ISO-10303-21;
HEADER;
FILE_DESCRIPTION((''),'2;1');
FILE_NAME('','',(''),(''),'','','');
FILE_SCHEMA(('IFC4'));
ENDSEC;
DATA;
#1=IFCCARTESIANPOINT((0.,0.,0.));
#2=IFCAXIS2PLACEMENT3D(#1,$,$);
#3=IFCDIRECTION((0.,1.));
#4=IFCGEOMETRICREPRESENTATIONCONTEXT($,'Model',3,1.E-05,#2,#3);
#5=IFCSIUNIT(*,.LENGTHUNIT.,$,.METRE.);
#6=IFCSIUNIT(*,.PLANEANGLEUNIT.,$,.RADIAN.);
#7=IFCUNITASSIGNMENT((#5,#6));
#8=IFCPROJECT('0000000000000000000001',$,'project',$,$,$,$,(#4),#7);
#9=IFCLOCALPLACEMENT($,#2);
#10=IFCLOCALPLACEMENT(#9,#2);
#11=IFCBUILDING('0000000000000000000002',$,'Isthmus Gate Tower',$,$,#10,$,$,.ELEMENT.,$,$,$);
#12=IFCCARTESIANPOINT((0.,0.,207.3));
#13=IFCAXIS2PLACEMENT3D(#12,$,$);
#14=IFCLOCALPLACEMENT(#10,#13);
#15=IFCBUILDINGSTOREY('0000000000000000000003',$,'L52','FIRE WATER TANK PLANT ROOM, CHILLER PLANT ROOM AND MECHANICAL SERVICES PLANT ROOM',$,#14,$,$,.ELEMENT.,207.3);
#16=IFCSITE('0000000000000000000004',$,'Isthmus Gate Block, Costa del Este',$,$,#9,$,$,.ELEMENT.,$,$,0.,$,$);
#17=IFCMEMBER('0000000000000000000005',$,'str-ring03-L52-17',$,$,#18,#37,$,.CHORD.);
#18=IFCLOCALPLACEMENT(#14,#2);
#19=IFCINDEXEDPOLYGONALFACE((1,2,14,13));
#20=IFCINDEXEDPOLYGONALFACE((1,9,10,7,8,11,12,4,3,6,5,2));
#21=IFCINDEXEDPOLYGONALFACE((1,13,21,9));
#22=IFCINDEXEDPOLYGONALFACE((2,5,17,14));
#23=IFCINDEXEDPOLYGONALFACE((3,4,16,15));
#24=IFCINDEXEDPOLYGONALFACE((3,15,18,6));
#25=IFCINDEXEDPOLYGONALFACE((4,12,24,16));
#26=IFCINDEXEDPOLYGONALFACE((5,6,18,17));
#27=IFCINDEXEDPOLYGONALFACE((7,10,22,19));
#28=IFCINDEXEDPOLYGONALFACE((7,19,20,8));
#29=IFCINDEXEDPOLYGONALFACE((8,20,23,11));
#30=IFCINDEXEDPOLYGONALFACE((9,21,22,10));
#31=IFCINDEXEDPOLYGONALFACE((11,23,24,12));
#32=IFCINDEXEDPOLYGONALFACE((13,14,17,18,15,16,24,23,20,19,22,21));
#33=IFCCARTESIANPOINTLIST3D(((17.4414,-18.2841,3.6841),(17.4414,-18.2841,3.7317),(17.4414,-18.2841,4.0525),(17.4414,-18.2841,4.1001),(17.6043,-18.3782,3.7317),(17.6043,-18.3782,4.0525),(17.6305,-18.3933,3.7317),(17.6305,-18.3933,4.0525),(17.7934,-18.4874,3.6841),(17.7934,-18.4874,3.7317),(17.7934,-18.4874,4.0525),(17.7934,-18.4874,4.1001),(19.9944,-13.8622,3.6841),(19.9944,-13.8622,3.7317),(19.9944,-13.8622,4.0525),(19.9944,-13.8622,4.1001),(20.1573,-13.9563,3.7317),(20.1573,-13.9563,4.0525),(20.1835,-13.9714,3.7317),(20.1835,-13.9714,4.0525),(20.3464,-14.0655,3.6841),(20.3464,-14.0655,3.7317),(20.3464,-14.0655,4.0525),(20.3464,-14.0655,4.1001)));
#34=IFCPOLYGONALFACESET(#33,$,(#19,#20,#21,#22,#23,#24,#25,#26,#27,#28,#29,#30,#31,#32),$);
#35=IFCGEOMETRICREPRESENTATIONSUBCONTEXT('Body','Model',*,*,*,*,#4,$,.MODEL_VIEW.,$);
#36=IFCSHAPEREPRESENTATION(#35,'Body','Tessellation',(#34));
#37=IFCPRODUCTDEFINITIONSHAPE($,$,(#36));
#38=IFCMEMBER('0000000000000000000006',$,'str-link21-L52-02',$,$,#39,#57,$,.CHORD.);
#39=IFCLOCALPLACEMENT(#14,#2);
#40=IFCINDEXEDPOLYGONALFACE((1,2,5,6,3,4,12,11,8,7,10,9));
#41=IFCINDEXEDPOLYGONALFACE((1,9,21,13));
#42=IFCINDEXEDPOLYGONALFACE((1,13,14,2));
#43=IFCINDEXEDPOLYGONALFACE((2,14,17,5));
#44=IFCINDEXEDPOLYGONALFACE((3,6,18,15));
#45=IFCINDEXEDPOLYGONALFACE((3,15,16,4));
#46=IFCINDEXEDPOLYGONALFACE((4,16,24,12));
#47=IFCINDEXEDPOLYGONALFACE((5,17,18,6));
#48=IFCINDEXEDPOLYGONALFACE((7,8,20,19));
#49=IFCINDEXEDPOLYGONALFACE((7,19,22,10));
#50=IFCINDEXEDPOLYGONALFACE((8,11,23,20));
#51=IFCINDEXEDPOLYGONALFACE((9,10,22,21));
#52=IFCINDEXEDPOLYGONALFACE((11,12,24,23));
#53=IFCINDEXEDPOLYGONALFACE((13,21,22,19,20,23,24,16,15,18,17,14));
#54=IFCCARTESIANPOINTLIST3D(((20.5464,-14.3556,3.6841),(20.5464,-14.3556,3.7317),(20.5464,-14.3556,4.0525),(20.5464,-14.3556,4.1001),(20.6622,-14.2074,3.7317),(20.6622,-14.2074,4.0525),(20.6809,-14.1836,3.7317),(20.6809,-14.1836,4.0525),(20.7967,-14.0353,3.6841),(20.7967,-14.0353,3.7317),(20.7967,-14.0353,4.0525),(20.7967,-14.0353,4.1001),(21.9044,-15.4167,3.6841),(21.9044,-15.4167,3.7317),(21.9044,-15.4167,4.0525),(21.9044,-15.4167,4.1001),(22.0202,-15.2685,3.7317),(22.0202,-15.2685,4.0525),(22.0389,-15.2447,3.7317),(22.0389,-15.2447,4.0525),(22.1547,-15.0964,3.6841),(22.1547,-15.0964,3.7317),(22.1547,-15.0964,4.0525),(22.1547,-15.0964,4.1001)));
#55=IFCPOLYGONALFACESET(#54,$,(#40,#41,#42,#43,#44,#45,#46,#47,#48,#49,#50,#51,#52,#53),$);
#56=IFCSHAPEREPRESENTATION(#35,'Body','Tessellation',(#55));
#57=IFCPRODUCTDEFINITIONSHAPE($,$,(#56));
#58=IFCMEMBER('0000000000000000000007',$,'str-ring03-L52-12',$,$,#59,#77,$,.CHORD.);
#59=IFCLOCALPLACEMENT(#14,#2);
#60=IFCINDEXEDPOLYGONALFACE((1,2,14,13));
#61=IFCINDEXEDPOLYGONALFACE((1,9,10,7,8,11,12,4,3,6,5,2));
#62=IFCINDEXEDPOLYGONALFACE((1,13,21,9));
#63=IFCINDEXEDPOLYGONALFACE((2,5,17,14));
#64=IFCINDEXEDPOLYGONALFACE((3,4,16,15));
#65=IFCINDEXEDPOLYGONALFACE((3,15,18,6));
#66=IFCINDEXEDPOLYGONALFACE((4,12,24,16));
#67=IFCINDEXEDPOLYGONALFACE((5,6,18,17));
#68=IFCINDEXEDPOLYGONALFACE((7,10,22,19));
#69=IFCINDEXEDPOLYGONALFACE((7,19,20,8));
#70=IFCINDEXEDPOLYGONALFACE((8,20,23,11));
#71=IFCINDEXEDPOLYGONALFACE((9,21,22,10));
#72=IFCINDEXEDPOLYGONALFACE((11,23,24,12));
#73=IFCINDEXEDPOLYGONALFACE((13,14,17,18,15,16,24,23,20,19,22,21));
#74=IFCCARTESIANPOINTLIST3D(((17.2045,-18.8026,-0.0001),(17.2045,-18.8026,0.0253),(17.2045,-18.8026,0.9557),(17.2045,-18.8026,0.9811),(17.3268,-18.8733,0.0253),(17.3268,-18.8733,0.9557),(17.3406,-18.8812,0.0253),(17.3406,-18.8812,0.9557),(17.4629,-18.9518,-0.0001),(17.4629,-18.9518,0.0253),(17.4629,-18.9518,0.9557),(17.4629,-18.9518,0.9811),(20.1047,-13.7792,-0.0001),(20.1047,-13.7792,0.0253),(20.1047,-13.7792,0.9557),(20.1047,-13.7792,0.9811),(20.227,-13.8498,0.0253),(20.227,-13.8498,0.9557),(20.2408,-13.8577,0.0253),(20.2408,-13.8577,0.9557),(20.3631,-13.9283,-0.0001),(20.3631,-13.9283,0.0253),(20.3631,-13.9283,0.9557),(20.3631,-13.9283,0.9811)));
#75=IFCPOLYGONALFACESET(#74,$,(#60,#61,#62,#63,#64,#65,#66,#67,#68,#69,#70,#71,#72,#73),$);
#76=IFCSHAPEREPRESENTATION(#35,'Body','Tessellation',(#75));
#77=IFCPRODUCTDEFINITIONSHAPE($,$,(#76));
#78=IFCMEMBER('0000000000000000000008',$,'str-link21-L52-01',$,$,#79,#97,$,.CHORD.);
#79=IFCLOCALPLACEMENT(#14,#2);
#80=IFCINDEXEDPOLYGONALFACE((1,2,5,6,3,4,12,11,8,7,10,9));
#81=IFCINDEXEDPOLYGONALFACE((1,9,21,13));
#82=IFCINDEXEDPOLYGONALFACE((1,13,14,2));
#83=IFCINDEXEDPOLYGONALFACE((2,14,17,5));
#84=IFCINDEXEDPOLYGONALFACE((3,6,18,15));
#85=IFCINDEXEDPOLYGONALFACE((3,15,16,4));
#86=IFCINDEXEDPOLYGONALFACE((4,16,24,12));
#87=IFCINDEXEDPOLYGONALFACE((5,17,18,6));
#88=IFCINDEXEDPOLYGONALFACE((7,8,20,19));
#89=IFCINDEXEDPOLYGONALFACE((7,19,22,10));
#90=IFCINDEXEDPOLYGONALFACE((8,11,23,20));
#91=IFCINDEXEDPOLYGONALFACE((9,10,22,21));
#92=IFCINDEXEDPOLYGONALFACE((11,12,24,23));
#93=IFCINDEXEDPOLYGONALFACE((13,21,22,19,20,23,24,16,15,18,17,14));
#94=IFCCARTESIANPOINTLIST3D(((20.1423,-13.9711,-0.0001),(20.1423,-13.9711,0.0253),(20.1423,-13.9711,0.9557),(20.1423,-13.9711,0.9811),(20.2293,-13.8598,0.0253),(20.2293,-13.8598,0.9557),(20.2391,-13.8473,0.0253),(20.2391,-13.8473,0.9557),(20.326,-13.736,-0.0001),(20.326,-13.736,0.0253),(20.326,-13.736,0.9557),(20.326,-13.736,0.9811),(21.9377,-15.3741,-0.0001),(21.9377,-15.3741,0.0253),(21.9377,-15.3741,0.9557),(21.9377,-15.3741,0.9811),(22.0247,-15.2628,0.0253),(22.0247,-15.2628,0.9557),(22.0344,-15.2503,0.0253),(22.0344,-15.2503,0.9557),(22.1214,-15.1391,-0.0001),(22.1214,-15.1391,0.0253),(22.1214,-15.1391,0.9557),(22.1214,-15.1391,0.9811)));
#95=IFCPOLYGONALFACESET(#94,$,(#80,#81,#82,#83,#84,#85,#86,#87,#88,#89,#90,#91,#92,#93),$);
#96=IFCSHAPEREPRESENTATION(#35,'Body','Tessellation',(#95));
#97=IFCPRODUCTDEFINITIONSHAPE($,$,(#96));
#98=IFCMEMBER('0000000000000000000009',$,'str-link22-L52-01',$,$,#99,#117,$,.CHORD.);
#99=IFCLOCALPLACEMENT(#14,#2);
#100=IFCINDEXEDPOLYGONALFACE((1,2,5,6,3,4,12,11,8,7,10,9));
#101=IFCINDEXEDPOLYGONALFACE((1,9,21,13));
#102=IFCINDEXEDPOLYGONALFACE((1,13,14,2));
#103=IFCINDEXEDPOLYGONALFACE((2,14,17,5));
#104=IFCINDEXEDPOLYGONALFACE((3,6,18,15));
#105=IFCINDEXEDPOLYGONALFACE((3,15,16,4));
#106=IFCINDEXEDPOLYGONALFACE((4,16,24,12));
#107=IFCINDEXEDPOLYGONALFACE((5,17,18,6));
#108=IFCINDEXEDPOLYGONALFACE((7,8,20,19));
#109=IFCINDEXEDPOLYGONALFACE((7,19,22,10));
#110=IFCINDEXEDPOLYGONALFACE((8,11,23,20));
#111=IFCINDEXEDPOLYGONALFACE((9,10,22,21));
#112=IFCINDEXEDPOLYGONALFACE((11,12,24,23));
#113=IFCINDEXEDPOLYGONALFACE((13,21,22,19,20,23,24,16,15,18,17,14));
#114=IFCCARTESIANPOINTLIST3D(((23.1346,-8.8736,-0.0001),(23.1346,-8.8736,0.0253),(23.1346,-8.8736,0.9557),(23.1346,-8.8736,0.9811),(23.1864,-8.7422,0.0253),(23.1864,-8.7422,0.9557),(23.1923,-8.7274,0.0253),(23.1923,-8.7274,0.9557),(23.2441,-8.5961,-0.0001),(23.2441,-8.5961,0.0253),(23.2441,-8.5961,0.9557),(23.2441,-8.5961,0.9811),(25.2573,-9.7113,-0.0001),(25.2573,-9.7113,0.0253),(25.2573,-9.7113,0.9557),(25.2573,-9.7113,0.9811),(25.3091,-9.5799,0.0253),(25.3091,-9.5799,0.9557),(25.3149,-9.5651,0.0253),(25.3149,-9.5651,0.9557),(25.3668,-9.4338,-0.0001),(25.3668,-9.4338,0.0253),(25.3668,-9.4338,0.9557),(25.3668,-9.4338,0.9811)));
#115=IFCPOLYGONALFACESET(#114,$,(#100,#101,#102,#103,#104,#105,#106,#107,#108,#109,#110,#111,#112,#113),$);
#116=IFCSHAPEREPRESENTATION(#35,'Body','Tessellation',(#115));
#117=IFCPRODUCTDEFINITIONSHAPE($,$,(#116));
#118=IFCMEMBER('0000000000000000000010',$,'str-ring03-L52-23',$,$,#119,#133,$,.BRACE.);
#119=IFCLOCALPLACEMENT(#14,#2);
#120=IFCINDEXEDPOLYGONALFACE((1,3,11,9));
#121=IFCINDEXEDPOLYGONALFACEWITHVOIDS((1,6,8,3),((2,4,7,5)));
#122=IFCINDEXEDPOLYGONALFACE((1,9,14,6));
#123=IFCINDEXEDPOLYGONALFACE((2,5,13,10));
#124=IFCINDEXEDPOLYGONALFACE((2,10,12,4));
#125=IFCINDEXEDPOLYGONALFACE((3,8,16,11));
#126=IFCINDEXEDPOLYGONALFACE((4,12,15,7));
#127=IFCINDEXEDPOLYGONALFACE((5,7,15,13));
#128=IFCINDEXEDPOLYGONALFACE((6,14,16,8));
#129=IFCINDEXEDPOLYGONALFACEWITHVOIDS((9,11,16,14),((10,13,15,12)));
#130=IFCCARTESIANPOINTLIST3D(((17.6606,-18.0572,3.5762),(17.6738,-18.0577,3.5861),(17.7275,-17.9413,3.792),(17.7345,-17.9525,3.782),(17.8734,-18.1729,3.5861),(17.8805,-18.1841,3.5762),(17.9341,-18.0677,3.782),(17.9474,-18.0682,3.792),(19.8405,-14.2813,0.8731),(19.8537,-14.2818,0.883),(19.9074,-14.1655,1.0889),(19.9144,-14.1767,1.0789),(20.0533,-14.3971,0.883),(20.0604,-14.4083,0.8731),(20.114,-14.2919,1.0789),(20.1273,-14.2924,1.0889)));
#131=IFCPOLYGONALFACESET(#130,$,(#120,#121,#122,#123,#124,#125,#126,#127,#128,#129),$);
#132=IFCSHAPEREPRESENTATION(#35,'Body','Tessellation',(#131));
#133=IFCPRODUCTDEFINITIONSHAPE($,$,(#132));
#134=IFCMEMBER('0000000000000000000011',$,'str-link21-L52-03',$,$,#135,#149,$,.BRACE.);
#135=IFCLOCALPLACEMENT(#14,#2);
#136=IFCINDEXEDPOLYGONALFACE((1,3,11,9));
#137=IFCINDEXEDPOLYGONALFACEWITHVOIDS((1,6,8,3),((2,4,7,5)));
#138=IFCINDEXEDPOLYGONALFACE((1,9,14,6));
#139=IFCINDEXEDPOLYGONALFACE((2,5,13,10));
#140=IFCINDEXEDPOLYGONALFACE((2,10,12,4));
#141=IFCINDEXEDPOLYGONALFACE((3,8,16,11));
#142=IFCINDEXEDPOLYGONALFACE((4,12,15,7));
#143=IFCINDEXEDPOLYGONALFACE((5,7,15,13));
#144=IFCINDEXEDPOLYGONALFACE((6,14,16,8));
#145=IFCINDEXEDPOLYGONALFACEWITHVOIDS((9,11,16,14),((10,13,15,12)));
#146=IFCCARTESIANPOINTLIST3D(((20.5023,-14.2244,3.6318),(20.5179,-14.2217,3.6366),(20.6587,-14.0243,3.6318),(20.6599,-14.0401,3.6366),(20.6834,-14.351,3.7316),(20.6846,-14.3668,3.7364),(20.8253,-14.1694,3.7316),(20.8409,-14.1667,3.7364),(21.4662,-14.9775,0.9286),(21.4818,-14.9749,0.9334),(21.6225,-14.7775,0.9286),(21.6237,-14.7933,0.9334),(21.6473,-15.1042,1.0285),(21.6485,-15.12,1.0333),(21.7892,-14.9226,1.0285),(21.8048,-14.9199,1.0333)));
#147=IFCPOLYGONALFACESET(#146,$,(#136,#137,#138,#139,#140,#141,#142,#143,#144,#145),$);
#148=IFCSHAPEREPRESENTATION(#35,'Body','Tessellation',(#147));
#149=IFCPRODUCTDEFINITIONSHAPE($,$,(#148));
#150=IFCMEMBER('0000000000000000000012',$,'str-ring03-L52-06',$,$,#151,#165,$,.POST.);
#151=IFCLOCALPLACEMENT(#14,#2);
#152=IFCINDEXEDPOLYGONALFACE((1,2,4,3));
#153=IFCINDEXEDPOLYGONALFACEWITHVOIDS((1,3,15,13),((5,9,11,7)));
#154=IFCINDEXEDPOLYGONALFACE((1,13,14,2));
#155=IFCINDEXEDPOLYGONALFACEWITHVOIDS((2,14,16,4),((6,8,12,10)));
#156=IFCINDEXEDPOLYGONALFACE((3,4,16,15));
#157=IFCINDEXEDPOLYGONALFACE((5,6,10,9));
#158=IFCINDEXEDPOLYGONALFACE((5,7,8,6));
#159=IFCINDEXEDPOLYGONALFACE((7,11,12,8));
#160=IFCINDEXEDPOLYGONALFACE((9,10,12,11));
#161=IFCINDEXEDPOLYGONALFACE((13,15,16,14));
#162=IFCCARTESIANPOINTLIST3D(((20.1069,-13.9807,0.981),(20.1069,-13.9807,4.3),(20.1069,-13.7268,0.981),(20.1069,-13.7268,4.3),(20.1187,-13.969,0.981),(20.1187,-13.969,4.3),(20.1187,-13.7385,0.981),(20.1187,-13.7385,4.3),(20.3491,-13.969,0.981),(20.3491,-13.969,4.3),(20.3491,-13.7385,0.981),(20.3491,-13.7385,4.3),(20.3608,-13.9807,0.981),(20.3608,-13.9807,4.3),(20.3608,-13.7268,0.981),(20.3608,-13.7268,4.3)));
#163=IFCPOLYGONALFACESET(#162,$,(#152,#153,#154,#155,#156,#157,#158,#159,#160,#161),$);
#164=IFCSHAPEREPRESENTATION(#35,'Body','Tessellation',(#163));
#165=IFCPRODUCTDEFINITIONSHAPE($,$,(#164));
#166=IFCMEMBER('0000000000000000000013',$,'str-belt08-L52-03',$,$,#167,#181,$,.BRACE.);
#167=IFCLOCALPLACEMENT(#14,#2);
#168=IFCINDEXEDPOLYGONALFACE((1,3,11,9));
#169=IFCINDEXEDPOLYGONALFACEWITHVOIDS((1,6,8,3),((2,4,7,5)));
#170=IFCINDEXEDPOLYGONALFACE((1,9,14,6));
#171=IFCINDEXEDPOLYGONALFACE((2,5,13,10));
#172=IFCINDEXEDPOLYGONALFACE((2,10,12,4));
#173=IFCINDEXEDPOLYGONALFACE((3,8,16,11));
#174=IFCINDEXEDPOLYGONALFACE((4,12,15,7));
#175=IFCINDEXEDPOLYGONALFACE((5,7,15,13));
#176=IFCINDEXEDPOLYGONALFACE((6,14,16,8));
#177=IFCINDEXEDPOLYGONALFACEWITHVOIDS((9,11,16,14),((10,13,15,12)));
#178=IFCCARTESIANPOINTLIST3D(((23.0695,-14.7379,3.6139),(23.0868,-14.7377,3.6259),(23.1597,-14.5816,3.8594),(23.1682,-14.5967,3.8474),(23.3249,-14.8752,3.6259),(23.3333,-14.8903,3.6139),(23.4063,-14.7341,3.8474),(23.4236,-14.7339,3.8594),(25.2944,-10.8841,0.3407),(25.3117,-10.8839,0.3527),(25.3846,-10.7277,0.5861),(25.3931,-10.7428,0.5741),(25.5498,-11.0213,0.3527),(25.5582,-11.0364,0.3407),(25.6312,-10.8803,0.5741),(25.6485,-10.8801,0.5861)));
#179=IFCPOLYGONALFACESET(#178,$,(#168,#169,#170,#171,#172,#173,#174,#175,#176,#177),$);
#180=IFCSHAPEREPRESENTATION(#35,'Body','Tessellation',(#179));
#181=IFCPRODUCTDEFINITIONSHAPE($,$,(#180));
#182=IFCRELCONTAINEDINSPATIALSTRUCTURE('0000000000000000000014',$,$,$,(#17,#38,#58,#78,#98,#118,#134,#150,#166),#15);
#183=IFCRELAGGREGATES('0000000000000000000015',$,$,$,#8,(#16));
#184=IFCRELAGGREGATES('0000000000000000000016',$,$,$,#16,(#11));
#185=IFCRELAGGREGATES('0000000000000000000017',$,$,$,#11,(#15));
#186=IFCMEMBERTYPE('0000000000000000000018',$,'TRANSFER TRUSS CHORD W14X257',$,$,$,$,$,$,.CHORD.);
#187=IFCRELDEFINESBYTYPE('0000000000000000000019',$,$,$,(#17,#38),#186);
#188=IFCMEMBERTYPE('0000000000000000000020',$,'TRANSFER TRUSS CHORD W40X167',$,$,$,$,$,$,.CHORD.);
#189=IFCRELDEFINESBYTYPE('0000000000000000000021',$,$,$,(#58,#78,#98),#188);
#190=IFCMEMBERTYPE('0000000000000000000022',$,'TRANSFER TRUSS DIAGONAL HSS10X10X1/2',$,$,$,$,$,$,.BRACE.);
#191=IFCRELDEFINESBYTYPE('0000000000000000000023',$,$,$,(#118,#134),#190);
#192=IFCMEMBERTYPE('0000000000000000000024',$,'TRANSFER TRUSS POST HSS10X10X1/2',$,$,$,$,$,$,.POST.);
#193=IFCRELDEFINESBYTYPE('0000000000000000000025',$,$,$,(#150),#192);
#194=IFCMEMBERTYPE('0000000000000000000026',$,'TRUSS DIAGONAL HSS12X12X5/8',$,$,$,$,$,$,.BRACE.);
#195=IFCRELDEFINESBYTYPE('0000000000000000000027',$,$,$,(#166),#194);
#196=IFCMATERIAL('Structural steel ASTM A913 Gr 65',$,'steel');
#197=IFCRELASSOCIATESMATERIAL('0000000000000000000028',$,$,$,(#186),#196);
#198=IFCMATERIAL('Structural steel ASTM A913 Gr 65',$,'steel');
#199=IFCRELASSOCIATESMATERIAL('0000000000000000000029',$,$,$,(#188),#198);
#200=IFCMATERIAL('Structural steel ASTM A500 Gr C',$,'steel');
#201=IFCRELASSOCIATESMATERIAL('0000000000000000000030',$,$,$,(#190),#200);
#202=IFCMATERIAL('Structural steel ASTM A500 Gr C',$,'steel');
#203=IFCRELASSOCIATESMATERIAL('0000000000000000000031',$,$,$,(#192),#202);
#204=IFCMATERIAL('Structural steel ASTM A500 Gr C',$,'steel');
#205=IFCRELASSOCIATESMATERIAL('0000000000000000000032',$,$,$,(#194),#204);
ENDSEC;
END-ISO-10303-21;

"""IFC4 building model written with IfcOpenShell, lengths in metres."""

from ifc_helpers import new_model, si_unit, direction, frame, origin, origin_2d, place, context, subcontext, project, spatial, hollow_rectangle, i_section, extrude, material, material_profile, profile_set, type_object, element, save


model = new_model("IFC4")

# Units and contexts
model_context = context("Model", 3, precision=1e-05, world=origin(), true_north=direction((0.0, 1.0)))
body_context = subcontext(model_context, "Body", "Model", "MODEL_VIEW")
ifc_project = project(units=[si_unit("LENGTHUNIT", "METRE"), si_unit("PLANEANGLEUNIT", "RADIAN")], contexts=[model_context])

# Site, building, storey
site_placement = place(None, origin())
site = spatial("IfcSite", under=ifc_project, at=site_placement, Name="Isthmus Gate Block, Costa del Este", CompositionType="ELEMENT", RefElevation=0.0)
building_placement = place(site_placement, origin())
building = spatial("IfcBuilding", under=site, at=building_placement, Name="Isthmus Gate Tower", CompositionType="ELEMENT")
storey_placement = place(building_placement, frame((0.0, 0.0, 207.3)))
storey = spatial("IfcBuildingStorey", under=building, at=storey_placement, Name="L52", Description="FIRE WATER TANK PLANT ROOM, CHILLER PLANT ROOM AND MECHANICAL SERVICES PLANT ROOM", CompositionType="ELEMENT", Elevation=207.3)

# Members
ifc_material_1 = material(Name="Structural steel ASTM A913 Gr 65", Category="steel")
ifc_material_profile_1 = material_profile(ifc_material_1, i_section(OverallWidth=0.4065, OverallDepth=0.416, WebThickness=0.0303, FlangeThickness=0.0476, at=origin_2d()), Name="W14X257")
ifc_profile_set_1 = profile_set([ifc_material_profile_1], Name="Structural steel ASTM A913 Gr 65")
member_type_1 = type_object("IfcMemberType", Name="TRANSFER TRUSS CHORD W14X257", PredefinedType="CHORD", material=ifc_profile_set_1)
member_1_placement = place(storey_placement, frame((20.1704, -13.9639, 3.8921), z_axis=(-0.500001, -0.866025, 0.0), x_axis=(0.866025, -0.500001, 0.0)))
element("IfcMember", 1, at=member_1_placement, inside=storey, type_object=member_type_1, Name="str-ring03-L52-17", PredefinedType="CHORD", context=body_context, shape_type="SweptSolid", body=[
    extrude(i_section(OverallWidth=0.4065, OverallDepth=0.416, WebThickness=0.0303, FlangeThickness=0.0476, at=origin_2d()), origin(), (0.0, 0.0, 1.0), 5.106),
])
member_2_placement = place(storey_placement, frame((22.0295, -15.2566, 3.8921), z_axis=(-0.787977, 0.615705, 0.0), x_axis=(-0.615705, -0.787977, 0.0)))
element("IfcMember", 2, at=member_2_placement, inside=storey, type_object=member_type_1, Name="str-link21-L52-02", PredefinedType="CHORD", context=body_context, shape_type="SweptSolid", body=[
    extrude(i_section(OverallWidth=0.4065, OverallDepth=0.416, WebThickness=0.0303, FlangeThickness=0.0476, at=origin_2d()), origin(), (0.0, 0.0, 1.0), 1.7234),
])
ifc_material_2 = material(Name="Structural steel ASTM A913 Gr 65", Category="steel")
ifc_material_profile_2 = material_profile(ifc_material_2, i_section(OverallWidth=0.2983, OverallDepth=0.9812, WebThickness=0.0159, FlangeThickness=0.0254, at=origin_2d()), Name="W40X167")
ifc_profile_set_2 = profile_set([ifc_material_profile_2], Name="Structural steel ASTM A913 Gr 65")
member_type_2 = type_object("IfcMemberType", Name="TRANSFER TRUSS CHORD W40X167", PredefinedType="CHORD", material=ifc_profile_set_2)
member_3_placement = place(storey_placement, frame((20.2339, -13.8538, 0.4905), z_axis=(-0.499982, -0.866036, 0.0), x_axis=(0.866036, -0.499982, 0.0)))
element("IfcMember", 3, at=member_3_placement, inside=storey, type_object=member_type_2, Name="str-ring03-L52-12", PredefinedType="CHORD", context=body_context, shape_type="SweptSolid", body=[
    extrude(i_section(OverallWidth=0.2983, OverallDepth=0.9812, WebThickness=0.0159, FlangeThickness=0.0254, at=origin_2d()), origin(), (0.0, 0.0, 1.0), 5.8005),
])
member_4_placement = place(storey_placement, frame((22.0295, -15.2566, 0.4905), z_axis=(-0.787937, 0.615756, 0.0), x_axis=(-0.615756, -0.787937, 0.0)))
element("IfcMember", 4, at=member_4_placement, inside=storey, type_object=member_type_2, Name="str-link21-L52-01", PredefinedType="CHORD", context=body_context, shape_type="SweptSolid", body=[
    extrude(i_section(OverallWidth=0.2983, OverallDepth=0.9812, WebThickness=0.0159, FlangeThickness=0.0254, at=origin_2d()), origin(), (0.0, 0.0, 1.0), 2.2786),
])
member_5_placement = place(storey_placement, frame((25.312, -9.5725, 0.4905), z_axis=(-0.930186, 0.367089, 0.0), x_axis=(-0.367089, -0.930186, 0.0)))
element("IfcMember", 5, at=member_5_placement, inside=storey, type_object=member_type_2, Name="str-link22-L52-01", PredefinedType="CHORD", context=body_context, shape_type="SweptSolid", body=[
    extrude(i_section(OverallWidth=0.2983, OverallDepth=0.9812, WebThickness=0.0159, FlangeThickness=0.0254, at=origin_2d()), origin(), (0.0, 0.0, 1.0), 2.282),
])
ifc_material_3 = material(Name="Structural steel ASTM A500 Gr C", Category="steel")
ifc_material_profile_3 = material_profile(ifc_material_3, hollow_rectangle(XDim=0.2539, YDim=0.2539, WallThickness=0.0117, at=origin_2d()), Name="HSS10X10X1/2")
ifc_profile_set_3 = profile_set([ifc_material_profile_3], Name="Structural steel ASTM A500 Gr C")
member_type_3 = type_object("IfcMemberType", Name="TRANSFER TRUSS DIAGONAL HSS10X10X1/2", PredefinedType="BRACE", material=ifc_profile_set_3)
member_6_placement = place(storey_placement, frame((19.9839, -14.2869, 0.981), z_axis=(-0.424943, -0.736048, 0.526931), x_axis=(0.866033, -0.499987, 0.0)))
element("IfcMember", 6, at=member_6_placement, inside=storey, type_object=member_type_3, Name="str-ring03-L52-23", PredefinedType="BRACE", context=body_context, shape_type="SweptSolid", body=[
    extrude(hollow_rectangle(XDim=0.2539, YDim=0.2539, WallThickness=0.0117, at=origin_2d()), origin(), (0.0, 0.0, 1.0), 5.1299),
])
member_7_placement = place(storey_placement, frame((21.6355, -14.9487, 0.981), z_axis=(-0.324861, 0.253849, 0.911058), x_axis=(-0.615722, -0.787964, 0.0)))
element("IfcMember", 7, at=member_7_placement, inside=storey, type_object=member_type_3, Name="str-link21-L52-03", PredefinedType="BRACE", context=body_context, shape_type="SweptSolid", body=[
    extrude(hollow_rectangle(XDim=0.2539, YDim=0.2539, WallThickness=0.0117, at=origin_2d()), origin(), (0.0, 0.0, 1.0), 2.967),
])
ifc_material_4 = material(Name="Structural steel ASTM A500 Gr C", Category="steel")
ifc_material_profile_4 = material_profile(ifc_material_4, hollow_rectangle(XDim=0.2539, YDim=0.2539, WallThickness=0.0117, at=origin_2d()), Name="HSS10X10X1/2")
ifc_profile_set_4 = profile_set([ifc_material_profile_4], Name="Structural steel ASTM A500 Gr C")
member_type_4 = type_object("IfcMemberType", Name="TRANSFER TRUSS POST HSS10X10X1/2", PredefinedType="POST", material=ifc_profile_set_4)
member_8_placement = place(storey_placement, frame((20.2339, -13.8538, 0.981), z_axis=(0.0, 0.0, 1.0), x_axis=(1.0, 0.0, 0.0)))
element("IfcMember", 8, at=member_8_placement, inside=storey, type_object=member_type_4, Name="str-ring03-L52-06", PredefinedType="POST", context=body_context, shape_type="SweptSolid", body=[
    extrude(hollow_rectangle(XDim=0.2539, YDim=0.2539, WallThickness=0.0117, at=origin_2d()), origin(), (0.0, 0.0, 1.0), 3.3191),
])
ifc_material_5 = material(Name="Structural steel ASTM A500 Gr C", Category="steel")
ifc_material_profile_5 = material_profile(ifc_material_5, hollow_rectangle(XDim=0.3047, YDim=0.3047, WallThickness=0.0149, at=origin_2d()), Name="HSS12X12X5/8")
ifc_profile_set_5 = profile_set([ifc_material_profile_5], Name="Structural steel ASTM A500 Gr C")
member_type_5 = type_object("IfcMemberType", Name="TRUSS DIAGONAL HSS12X12X5/8", PredefinedType="BRACE", material=ifc_profile_set_5)
member_9_placement = place(storey_placement, frame((25.4714, -10.8821, 0.4634), z_axis=(-0.402757, -0.697632, 0.592534), x_axis=(0.866037, -0.49998, 0.0)))
element("IfcMember", 9, at=member_9_placement, inside=storey, type_object=member_type_5, Name="str-belt08-L52-03", PredefinedType="BRACE", context=body_context, shape_type="SweptSolid", body=[
    extrude(hollow_rectangle(XDim=0.3047, YDim=0.3047, WallThickness=0.0149, at=origin_2d()), origin(), (0.0, 0.0, 1.0), 5.5242),
])

save(model, "model.ifc")
